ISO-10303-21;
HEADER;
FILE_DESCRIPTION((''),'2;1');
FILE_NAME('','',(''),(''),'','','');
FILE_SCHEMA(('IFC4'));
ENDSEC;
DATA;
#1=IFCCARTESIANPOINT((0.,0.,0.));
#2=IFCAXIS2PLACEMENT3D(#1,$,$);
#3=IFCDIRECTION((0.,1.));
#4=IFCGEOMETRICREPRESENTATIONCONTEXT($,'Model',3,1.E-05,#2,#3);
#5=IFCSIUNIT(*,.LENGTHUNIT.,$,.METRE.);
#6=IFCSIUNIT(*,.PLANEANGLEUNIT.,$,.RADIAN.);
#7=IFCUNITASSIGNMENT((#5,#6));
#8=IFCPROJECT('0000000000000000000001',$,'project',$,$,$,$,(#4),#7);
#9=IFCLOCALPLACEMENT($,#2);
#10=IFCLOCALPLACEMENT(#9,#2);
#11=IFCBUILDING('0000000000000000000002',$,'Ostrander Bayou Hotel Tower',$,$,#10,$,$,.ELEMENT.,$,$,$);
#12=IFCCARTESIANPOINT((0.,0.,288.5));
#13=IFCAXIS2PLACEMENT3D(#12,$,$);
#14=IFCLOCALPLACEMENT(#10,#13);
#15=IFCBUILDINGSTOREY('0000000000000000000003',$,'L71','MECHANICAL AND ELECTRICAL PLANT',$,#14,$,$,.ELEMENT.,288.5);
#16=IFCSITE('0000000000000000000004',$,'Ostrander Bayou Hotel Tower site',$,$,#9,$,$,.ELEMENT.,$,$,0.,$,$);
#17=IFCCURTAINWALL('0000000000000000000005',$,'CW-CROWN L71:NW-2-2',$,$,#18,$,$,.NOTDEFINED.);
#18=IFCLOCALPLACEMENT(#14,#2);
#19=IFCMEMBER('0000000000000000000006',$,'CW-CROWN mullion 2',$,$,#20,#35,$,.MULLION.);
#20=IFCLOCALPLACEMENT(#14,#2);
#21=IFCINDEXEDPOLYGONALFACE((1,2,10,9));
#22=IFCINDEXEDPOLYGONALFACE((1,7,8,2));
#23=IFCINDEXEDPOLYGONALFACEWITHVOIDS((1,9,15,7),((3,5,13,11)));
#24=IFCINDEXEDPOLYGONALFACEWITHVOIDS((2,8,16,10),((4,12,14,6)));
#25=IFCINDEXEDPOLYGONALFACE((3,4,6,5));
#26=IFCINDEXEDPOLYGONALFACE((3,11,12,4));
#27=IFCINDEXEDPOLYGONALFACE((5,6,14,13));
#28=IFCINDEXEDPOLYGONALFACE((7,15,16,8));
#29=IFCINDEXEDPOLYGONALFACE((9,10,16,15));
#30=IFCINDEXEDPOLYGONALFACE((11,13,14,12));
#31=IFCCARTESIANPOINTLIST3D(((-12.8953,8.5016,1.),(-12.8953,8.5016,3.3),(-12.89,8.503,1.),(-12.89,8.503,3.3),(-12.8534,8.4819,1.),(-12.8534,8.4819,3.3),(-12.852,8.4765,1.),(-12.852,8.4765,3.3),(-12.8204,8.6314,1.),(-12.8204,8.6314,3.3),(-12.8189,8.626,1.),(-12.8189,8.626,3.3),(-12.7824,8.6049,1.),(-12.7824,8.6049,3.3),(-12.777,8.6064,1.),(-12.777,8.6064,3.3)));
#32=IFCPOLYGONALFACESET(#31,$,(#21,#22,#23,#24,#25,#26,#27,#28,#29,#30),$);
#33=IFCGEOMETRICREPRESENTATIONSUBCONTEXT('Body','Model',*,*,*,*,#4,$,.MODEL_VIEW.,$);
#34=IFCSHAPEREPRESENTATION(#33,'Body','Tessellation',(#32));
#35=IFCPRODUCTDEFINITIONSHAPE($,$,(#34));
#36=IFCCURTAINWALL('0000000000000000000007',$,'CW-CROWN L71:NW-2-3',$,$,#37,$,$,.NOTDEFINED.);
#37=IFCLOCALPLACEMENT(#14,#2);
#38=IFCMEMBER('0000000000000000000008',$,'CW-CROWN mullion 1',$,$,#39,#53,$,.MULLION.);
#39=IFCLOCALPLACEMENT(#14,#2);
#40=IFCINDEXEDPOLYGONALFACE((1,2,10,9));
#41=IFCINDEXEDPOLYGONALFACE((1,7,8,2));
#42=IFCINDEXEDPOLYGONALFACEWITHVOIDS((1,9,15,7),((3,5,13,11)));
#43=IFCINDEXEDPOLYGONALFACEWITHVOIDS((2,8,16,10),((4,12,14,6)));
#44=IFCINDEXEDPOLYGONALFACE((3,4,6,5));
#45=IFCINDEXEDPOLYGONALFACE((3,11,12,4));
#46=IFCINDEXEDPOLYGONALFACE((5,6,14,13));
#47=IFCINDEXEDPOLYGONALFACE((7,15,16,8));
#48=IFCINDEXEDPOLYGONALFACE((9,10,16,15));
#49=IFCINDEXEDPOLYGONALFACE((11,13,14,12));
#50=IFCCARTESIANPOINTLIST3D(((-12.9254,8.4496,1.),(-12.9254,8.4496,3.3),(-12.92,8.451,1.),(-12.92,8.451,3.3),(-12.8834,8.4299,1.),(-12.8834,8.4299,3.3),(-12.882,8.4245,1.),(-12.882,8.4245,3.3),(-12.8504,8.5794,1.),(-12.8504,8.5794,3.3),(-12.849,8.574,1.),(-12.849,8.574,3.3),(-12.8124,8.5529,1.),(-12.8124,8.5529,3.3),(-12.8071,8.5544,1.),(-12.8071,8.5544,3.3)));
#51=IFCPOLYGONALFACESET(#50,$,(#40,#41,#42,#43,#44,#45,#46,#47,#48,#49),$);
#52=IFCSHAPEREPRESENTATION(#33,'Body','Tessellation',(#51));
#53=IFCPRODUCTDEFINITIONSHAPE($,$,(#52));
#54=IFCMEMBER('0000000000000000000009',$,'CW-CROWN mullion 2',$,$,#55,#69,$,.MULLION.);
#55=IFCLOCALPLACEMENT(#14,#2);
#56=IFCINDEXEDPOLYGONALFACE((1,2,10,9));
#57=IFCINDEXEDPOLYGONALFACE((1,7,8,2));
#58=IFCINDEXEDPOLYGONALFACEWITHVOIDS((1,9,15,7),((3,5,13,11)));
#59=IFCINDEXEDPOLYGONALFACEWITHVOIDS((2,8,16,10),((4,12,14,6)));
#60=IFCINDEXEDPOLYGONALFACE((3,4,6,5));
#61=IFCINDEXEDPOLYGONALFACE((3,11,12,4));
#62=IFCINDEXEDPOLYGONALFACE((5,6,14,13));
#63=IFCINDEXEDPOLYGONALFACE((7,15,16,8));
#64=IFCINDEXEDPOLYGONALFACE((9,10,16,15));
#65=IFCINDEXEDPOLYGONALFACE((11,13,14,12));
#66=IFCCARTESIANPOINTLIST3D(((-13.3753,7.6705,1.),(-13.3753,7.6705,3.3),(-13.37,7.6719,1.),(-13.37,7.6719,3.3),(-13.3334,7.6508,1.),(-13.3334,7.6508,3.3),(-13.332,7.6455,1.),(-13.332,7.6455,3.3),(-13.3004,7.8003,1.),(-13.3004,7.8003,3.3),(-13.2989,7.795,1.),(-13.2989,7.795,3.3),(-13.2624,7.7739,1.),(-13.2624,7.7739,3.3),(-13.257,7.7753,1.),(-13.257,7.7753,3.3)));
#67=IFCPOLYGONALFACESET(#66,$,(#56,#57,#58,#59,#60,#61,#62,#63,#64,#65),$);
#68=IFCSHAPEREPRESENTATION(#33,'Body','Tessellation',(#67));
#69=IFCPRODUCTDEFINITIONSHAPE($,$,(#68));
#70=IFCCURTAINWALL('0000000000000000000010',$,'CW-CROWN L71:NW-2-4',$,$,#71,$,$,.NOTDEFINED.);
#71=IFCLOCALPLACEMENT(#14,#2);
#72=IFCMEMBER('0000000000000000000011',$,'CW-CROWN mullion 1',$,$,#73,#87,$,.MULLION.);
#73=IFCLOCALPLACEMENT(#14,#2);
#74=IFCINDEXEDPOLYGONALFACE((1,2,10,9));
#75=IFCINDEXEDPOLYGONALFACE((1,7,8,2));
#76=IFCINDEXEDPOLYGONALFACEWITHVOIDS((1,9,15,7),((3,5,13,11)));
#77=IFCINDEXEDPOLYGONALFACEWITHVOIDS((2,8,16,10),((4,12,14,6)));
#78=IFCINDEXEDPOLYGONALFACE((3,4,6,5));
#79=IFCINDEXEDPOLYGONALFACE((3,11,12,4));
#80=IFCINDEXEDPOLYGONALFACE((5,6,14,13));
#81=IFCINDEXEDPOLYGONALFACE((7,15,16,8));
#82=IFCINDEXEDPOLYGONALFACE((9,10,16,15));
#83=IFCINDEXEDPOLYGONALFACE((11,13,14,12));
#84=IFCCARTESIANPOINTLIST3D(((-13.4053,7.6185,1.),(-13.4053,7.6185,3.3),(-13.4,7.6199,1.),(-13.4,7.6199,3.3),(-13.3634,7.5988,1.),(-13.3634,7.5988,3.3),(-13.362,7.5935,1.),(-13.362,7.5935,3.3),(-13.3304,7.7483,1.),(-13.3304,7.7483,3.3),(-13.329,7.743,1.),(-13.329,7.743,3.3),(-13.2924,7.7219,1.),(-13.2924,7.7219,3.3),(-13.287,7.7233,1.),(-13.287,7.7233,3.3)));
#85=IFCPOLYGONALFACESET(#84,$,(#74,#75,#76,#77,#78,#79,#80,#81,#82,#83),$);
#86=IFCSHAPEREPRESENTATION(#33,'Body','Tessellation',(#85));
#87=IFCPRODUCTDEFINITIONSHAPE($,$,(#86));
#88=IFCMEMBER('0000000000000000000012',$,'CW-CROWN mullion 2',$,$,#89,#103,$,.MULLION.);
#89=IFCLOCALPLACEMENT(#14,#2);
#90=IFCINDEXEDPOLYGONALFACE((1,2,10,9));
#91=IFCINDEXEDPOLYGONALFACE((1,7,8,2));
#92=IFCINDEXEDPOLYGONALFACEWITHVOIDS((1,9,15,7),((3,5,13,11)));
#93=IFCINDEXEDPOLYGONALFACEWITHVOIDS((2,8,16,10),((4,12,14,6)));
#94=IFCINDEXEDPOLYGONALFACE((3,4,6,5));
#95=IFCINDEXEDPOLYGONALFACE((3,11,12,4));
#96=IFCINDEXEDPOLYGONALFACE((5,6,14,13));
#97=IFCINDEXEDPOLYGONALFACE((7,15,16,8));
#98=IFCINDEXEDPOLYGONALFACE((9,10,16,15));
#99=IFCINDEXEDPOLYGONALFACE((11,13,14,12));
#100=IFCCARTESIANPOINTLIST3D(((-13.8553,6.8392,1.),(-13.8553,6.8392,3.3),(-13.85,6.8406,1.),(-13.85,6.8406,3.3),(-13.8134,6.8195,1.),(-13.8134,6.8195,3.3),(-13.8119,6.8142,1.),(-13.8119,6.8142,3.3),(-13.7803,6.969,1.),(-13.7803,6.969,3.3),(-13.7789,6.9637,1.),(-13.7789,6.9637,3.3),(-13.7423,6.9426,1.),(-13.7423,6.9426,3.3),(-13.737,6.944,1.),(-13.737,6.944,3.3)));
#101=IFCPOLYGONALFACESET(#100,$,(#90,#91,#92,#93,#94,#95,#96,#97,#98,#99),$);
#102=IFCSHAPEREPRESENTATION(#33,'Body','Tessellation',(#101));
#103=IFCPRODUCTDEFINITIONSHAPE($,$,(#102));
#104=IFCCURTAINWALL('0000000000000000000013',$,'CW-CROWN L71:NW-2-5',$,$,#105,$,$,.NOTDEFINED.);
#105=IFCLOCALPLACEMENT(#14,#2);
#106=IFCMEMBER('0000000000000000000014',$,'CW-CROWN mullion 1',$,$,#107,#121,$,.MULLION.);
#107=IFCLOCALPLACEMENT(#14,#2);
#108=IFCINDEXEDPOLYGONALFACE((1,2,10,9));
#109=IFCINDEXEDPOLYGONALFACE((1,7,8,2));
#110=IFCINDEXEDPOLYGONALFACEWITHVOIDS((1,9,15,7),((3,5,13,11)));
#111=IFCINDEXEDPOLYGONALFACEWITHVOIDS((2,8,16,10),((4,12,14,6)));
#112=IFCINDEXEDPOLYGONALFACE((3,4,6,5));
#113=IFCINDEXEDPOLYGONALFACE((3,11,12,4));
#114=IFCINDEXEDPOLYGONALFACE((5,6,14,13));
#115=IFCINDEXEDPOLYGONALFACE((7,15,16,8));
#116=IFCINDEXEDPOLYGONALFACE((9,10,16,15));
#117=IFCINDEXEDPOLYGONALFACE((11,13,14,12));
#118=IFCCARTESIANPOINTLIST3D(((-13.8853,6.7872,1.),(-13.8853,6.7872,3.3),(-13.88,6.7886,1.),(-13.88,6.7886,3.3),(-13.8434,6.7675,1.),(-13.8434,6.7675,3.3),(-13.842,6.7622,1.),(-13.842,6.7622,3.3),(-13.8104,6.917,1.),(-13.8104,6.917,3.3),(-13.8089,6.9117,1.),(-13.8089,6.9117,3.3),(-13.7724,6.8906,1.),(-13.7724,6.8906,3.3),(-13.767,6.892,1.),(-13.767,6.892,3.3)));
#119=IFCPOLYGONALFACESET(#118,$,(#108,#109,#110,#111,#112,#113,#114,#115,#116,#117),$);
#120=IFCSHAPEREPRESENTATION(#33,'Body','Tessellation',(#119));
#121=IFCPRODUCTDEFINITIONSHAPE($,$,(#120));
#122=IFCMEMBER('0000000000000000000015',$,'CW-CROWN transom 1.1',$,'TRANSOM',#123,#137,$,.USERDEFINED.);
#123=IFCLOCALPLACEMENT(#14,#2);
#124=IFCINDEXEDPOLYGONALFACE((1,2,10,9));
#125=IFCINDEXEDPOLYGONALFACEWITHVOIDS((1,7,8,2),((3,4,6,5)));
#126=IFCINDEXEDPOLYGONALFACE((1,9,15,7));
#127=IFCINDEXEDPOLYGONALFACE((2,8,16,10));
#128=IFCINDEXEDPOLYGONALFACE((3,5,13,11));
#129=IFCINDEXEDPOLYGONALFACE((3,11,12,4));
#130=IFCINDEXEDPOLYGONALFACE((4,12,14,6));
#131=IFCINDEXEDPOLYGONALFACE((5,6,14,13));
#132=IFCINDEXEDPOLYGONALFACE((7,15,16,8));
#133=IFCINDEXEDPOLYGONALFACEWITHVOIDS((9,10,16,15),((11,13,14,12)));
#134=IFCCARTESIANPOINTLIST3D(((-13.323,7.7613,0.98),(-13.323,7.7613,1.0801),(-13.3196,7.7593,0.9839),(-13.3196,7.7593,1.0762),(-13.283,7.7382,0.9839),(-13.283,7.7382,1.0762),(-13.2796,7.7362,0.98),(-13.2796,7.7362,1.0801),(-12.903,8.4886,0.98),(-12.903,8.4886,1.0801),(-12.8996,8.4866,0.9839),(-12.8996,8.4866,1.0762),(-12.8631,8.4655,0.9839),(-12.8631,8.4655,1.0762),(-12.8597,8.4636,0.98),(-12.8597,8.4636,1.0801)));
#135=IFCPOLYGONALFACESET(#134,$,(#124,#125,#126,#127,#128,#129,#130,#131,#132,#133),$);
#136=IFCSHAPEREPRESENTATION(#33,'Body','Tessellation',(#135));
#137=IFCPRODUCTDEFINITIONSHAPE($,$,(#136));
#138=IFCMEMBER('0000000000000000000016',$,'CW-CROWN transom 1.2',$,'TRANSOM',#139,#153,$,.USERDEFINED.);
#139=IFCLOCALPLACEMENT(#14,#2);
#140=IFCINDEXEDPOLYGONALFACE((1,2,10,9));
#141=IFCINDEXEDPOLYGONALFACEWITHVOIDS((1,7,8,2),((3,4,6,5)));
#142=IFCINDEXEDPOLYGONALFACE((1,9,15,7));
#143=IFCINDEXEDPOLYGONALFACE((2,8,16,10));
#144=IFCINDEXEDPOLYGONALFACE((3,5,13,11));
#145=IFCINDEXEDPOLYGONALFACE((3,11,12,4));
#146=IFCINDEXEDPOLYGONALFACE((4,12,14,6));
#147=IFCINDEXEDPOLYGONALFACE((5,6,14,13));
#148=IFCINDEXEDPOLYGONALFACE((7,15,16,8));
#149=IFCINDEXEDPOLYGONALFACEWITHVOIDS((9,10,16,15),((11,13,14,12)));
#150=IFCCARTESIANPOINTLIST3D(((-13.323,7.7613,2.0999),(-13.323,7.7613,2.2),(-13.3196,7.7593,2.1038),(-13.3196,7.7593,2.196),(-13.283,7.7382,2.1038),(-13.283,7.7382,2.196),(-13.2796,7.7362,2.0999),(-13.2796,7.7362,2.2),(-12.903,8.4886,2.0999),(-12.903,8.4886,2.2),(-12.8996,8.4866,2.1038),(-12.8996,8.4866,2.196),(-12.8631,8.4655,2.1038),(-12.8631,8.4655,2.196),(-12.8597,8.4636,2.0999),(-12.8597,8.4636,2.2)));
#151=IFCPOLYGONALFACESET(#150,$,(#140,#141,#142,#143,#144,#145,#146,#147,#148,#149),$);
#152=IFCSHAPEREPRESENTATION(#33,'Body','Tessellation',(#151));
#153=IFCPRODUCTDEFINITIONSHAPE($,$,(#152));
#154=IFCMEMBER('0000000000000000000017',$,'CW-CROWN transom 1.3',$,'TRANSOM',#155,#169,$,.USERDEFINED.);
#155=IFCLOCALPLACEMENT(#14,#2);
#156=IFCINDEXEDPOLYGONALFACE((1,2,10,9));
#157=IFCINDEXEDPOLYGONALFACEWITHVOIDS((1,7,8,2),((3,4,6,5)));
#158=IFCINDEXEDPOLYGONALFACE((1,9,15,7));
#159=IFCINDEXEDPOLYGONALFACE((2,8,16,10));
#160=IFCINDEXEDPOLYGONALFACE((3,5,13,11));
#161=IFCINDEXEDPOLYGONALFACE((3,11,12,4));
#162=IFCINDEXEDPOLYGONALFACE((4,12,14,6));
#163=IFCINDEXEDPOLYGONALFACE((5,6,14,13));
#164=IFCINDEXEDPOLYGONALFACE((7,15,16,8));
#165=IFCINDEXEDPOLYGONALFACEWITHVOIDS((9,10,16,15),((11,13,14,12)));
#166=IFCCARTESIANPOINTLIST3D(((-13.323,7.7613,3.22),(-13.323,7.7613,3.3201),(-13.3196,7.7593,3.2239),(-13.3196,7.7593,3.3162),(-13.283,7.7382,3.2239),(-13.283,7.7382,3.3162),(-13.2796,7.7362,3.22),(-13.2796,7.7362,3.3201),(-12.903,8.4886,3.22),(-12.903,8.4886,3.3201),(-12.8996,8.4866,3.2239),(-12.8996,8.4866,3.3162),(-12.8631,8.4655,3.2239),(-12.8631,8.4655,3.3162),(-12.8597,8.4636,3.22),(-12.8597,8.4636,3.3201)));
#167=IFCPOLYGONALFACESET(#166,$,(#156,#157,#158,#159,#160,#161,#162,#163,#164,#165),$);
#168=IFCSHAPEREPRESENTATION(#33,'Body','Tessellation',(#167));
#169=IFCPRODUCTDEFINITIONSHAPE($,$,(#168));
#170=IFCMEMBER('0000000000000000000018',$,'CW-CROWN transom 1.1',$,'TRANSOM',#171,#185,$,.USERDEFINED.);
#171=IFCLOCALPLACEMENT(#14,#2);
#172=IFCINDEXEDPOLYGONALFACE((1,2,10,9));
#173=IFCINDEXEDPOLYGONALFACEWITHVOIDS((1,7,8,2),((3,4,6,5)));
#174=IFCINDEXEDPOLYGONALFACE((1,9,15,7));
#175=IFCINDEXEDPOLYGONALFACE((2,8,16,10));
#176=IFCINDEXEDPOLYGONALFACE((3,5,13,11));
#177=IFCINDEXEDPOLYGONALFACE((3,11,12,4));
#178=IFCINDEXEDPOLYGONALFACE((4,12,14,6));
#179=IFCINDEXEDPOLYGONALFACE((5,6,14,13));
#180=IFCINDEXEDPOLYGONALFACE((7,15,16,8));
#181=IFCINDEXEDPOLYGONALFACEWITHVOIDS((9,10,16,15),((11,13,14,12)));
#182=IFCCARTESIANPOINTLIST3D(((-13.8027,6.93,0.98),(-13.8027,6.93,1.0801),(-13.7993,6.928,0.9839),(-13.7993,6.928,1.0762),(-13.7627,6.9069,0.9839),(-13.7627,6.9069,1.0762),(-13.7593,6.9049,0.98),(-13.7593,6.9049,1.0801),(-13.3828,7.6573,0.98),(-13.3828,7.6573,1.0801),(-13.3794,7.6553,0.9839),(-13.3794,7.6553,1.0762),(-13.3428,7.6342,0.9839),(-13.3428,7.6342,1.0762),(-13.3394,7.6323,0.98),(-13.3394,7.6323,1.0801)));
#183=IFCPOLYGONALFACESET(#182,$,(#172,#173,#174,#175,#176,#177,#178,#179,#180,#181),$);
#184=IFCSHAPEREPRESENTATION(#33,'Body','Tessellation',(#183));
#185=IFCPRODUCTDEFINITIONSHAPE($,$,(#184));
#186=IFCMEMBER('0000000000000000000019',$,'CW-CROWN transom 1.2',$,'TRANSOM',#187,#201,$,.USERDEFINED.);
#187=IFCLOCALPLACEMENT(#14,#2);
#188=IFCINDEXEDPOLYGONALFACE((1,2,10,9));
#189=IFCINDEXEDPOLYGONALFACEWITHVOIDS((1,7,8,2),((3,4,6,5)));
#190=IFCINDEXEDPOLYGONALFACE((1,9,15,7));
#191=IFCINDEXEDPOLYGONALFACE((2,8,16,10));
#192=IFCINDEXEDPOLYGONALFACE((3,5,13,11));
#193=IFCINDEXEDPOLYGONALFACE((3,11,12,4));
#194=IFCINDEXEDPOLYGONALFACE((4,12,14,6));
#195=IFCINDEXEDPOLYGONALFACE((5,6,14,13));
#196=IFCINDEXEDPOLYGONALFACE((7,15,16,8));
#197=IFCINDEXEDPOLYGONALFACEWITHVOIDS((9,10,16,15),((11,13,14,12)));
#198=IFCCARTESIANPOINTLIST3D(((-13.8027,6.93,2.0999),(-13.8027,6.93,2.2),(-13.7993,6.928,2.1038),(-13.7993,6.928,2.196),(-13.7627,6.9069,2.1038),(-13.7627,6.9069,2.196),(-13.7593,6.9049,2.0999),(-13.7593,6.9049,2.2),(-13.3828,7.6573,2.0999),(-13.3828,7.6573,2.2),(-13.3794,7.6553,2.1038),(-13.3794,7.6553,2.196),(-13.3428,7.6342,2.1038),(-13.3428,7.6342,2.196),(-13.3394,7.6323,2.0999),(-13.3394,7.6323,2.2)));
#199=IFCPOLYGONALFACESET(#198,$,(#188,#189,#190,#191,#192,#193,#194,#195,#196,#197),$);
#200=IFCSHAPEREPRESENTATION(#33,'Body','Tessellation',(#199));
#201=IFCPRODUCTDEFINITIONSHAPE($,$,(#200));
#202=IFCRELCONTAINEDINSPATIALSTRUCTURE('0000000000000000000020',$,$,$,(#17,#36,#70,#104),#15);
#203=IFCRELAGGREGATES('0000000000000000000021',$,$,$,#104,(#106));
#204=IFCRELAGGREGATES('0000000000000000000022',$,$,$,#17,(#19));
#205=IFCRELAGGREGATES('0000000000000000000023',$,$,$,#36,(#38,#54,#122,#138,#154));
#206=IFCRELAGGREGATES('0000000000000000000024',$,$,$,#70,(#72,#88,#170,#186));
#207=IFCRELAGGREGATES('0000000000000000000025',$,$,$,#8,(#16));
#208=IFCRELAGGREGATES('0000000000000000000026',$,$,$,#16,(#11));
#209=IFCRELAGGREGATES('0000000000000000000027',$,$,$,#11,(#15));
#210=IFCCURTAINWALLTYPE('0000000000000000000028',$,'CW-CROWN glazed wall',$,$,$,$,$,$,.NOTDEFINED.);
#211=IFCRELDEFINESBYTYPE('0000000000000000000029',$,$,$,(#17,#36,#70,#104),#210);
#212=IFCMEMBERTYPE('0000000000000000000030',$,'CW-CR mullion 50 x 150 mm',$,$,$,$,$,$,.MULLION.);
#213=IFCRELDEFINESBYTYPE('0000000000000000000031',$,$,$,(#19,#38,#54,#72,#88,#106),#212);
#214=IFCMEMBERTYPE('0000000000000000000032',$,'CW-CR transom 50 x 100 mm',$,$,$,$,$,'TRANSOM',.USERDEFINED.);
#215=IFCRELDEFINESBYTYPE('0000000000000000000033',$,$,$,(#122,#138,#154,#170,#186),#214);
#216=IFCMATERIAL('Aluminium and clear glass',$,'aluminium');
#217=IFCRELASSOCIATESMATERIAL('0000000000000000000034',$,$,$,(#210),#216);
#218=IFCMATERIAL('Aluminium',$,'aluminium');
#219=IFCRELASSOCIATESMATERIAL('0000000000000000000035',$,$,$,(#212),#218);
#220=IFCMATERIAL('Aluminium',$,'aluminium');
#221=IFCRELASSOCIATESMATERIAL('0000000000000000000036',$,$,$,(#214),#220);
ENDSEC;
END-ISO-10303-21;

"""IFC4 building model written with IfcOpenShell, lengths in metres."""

from ifc_helpers import new_model, si_unit, direction, frame, origin, origin_2d, place, context, subcontext, project, spatial, hollow_rectangle, extrude, material, material_profile, profile_set, type_object, element, aggregate, save


model = new_model("IFC4")

# Units and contexts
model_context = context("Model", 3, precision=1e-05, world=origin(), true_north=direction((0.0, 1.0)))
body_context = subcontext(model_context, "Body", "Model", "MODEL_VIEW")
ifc_project = project(units=[si_unit("LENGTHUNIT", "METRE"), si_unit("PLANEANGLEUNIT", "RADIAN")], contexts=[model_context])

# Site, building, storey
site_placement = place(None, origin())
site = spatial("IfcSite", under=ifc_project, at=site_placement, Name="Ostrander Bayou Hotel Tower site", CompositionType="ELEMENT", RefElevation=0.0)
building_placement = place(site_placement, origin())
building = spatial("IfcBuilding", under=site, at=building_placement, Name="Ostrander Bayou Hotel Tower", CompositionType="ELEMENT")
storey_placement = place(building_placement, frame((0.0, 0.0, 288.5)))
storey = spatial("IfcBuildingStorey", under=building, at=storey_placement, Name="L71", Description="MECHANICAL AND ELECTRICAL PLANT", CompositionType="ELEMENT", Elevation=288.5)

# Curtain wall, member
ifc_material_1 = material(Name="Aluminium and clear glass", Category="aluminium")
curtain_wall_type = type_object("IfcCurtainWallType", Name="CW-CROWN glazed wall", PredefinedType="NOTDEFINED", material=ifc_material_1)
curtain_wall_1_placement = place(storey_placement, origin())
curtain_wall_1 = element("IfcCurtainWall", 1, at=curtain_wall_1_placement, inside=storey, type_object=curtain_wall_type, Name="CW-CROWN L71:NW-2-2", PredefinedType="NOTDEFINED")
ifc_material_2 = material(Name="Aluminium", Category="aluminium")
ifc_material_profile_1 = material_profile(ifc_material_2, hollow_rectangle(XDim=0.05, YDim=0.1499, WallThickness=0.0039, at=origin_2d()))
ifc_profile_set_1 = profile_set([ifc_material_profile_1], Name="Aluminium")
member_type_1 = type_object("IfcMemberType", Name="CW-CR mullion 50 x 150 mm", PredefinedType="MULLION", material=ifc_profile_set_1)
member_1_placement = place(storey_placement, frame((-12.8362, 8.554, 1.0), z_axis=(0.0, 0.0, 1.0), x_axis=(0.866022, -0.500005, 0.0)))
member_1 = element("IfcMember", 2, at=member_1_placement, type_object=member_type_1, Name="CW-CROWN mullion 2", PredefinedType="MULLION", context=body_context, shape_type="SweptSolid", body=[
    extrude(hollow_rectangle(XDim=0.05, YDim=0.1499, WallThickness=0.0039, at=origin_2d()), origin(), (0.0, 0.0, 1.0), 2.3),
])

# Curtain walls, members
curtain_wall_2_placement = place(storey_placement, origin())
curtain_wall_2 = element("IfcCurtainWall", 3, at=curtain_wall_2_placement, inside=storey, type_object=curtain_wall_type, Name="CW-CROWN L71:NW-2-3", PredefinedType="NOTDEFINED")
member_2_placement = place(storey_placement, frame((-12.8662, 8.502, 1.0), z_axis=(0.0, 0.0, 1.0), x_axis=(0.866022, -0.500005, 0.0)))
member_2 = element("IfcMember", 4, at=member_2_placement, type_object=member_type_1, Name="CW-CROWN mullion 1", PredefinedType="MULLION", context=body_context, shape_type="SweptSolid", body=[
    extrude(hollow_rectangle(XDim=0.05, YDim=0.1499, WallThickness=0.0039, at=origin_2d()), origin(), (0.0, 0.0, 1.0), 2.3),
])
member_3_placement = place(storey_placement, frame((-13.3162, 7.7229, 1.0), z_axis=(0.0, 0.0, 1.0), x_axis=(0.866022, -0.500005, 0.0)))
member_3 = element("IfcMember", 5, at=member_3_placement, type_object=member_type_1, Name="CW-CROWN mullion 2", PredefinedType="MULLION", context=body_context, shape_type="SweptSolid", body=[
    extrude(hollow_rectangle(XDim=0.05, YDim=0.1499, WallThickness=0.0039, at=origin_2d()), origin(), (0.0, 0.0, 1.0), 2.3),
])
curtain_wall_3_placement = place(storey_placement, origin())
curtain_wall_3 = element("IfcCurtainWall", 6, at=curtain_wall_3_placement, inside=storey, type_object=curtain_wall_type, Name="CW-CROWN L71:NW-2-4", PredefinedType="NOTDEFINED")
member_4_placement = place(storey_placement, frame((-13.3462, 7.6709, 1.0), z_axis=(0.0, 0.0, 1.0), x_axis=(0.866049, -0.49996, 0.0)))
member_4 = element("IfcMember", 7, at=member_4_placement, type_object=member_type_1, Name="CW-CROWN mullion 1", PredefinedType="MULLION", context=body_context, shape_type="SweptSolid", body=[
    extrude(hollow_rectangle(XDim=0.05, YDim=0.1499, WallThickness=0.0039, at=origin_2d()), origin(), (0.0, 0.0, 1.0), 2.3),
])
member_5_placement = place(storey_placement, frame((-13.7961, 6.8916, 1.0), z_axis=(0.0, 0.0, 1.0), x_axis=(0.866049, -0.49996, 0.0)))
member_5 = element("IfcMember", 8, at=member_5_placement, type_object=member_type_1, Name="CW-CROWN mullion 2", PredefinedType="MULLION", context=body_context, shape_type="SweptSolid", body=[
    extrude(hollow_rectangle(XDim=0.05, YDim=0.1499, WallThickness=0.0039, at=origin_2d()), origin(), (0.0, 0.0, 1.0), 2.3),
])

# Curtain wall, member
curtain_wall_4_placement = place(storey_placement, origin())
curtain_wall_4 = element("IfcCurtainWall", 9, at=curtain_wall_4_placement, inside=storey, type_object=curtain_wall_type, Name="CW-CROWN L71:NW-2-5", PredefinedType="NOTDEFINED")
member_6_placement = place(storey_placement, frame((-13.8262, 6.8396, 1.0), z_axis=(0.0, 0.0, 1.0), x_axis=(0.866022, -0.500005, 0.0)))
member_6 = element("IfcMember", 10, at=member_6_placement, type_object=member_type_1, Name="CW-CROWN mullion 1", PredefinedType="MULLION", context=body_context, shape_type="SweptSolid", body=[
    extrude(hollow_rectangle(XDim=0.05, YDim=0.1499, WallThickness=0.0039, at=origin_2d()), origin(), (0.0, 0.0, 1.0), 2.3),
])
aggregate(curtain_wall_4, [member_6])

# Members
ifc_material_3 = material(Name="Aluminium", Category="aluminium")
ifc_material_profile_2 = material_profile(ifc_material_3, hollow_rectangle(XDim=0.05, YDim=0.1001, WallThickness=0.0039, at=origin_2d()))
ifc_profile_set_2 = profile_set([ifc_material_profile_2], Name="Aluminium")
member_type_2 = type_object("IfcMemberType", Name="CW-CR transom 50 x 100 mm", ElementType="TRANSOM", PredefinedType="USERDEFINED", material=ifc_profile_set_2)
member_7_placement = place(storey_placement, frame((-12.8813, 8.4761, 1.03), z_axis=(-0.500016, -0.866016, 0.0), x_axis=(0.866016, -0.500016, 0.0)))
member_7 = element("IfcMember", 11, at=member_7_placement, type_object=member_type_2, Name="CW-CROWN transom 1.1", ObjectType="TRANSOM", PredefinedType="USERDEFINED", context=body_context, shape_type="SweptSolid", body=[
    extrude(hollow_rectangle(XDim=0.05, YDim=0.1001, WallThickness=0.0039, at=origin_2d()), origin(), (0.0, 0.0, 1.0), 0.8398),
])
member_8_placement = place(storey_placement, frame((-12.8813, 8.4761, 2.1499), z_axis=(-0.500016, -0.866016, 0.0), x_axis=(0.866016, -0.500016, 0.0)))
member_8 = element("IfcMember", 12, at=member_8_placement, type_object=member_type_2, Name="CW-CROWN transom 1.2", ObjectType="TRANSOM", PredefinedType="USERDEFINED", context=body_context, shape_type="SweptSolid", body=[
    extrude(hollow_rectangle(XDim=0.05, YDim=0.1001, WallThickness=0.0039, at=origin_2d()), origin(), (0.0, 0.0, 1.0), 0.8398),
])
member_9_placement = place(storey_placement, frame((-12.8813, 8.4761, 3.27), z_axis=(-0.500016, -0.866016, 0.0), x_axis=(0.866016, -0.500016, 0.0)))
member_9 = element("IfcMember", 13, at=member_9_placement, type_object=member_type_2, Name="CW-CROWN transom 1.3", ObjectType="TRANSOM", PredefinedType="USERDEFINED", context=body_context, shape_type="SweptSolid", body=[
    extrude(hollow_rectangle(XDim=0.05, YDim=0.1001, WallThickness=0.0039, at=origin_2d()), origin(), (0.0, 0.0, 1.0), 0.8398),
])
member_10_placement = place(storey_placement, frame((-13.3611, 7.6448, 1.03), z_axis=(-0.500016, -0.866016, 0.0), x_axis=(0.866016, -0.500016, 0.0)))
member_10 = element("IfcMember", 14, at=member_10_placement, type_object=member_type_2, Name="CW-CROWN transom 1.1", ObjectType="TRANSOM", PredefinedType="USERDEFINED", context=body_context, shape_type="SweptSolid", body=[
    extrude(hollow_rectangle(XDim=0.05, YDim=0.1001, WallThickness=0.0039, at=origin_2d()), origin(), (0.0, 0.0, 1.0), 0.8398),
])
member_11_placement = place(storey_placement, frame((-13.3611, 7.6448, 2.1499), z_axis=(-0.500016, -0.866016, 0.0), x_axis=(0.866016, -0.500016, 0.0)))
member_11 = element("IfcMember", 15, at=member_11_placement, type_object=member_type_2, Name="CW-CROWN transom 1.2", ObjectType="TRANSOM", PredefinedType="USERDEFINED", context=body_context, shape_type="SweptSolid", body=[
    extrude(hollow_rectangle(XDim=0.05, YDim=0.1001, WallThickness=0.0039, at=origin_2d()), origin(), (0.0, 0.0, 1.0), 0.8398),
])

aggregate(curtain_wall_1, [member_1])
aggregate(curtain_wall_2, [member_2, member_3, member_7, member_8, member_9])
aggregate(curtain_wall_3, [member_4, member_5, member_10, member_11])

save(model, "model.ifc")
